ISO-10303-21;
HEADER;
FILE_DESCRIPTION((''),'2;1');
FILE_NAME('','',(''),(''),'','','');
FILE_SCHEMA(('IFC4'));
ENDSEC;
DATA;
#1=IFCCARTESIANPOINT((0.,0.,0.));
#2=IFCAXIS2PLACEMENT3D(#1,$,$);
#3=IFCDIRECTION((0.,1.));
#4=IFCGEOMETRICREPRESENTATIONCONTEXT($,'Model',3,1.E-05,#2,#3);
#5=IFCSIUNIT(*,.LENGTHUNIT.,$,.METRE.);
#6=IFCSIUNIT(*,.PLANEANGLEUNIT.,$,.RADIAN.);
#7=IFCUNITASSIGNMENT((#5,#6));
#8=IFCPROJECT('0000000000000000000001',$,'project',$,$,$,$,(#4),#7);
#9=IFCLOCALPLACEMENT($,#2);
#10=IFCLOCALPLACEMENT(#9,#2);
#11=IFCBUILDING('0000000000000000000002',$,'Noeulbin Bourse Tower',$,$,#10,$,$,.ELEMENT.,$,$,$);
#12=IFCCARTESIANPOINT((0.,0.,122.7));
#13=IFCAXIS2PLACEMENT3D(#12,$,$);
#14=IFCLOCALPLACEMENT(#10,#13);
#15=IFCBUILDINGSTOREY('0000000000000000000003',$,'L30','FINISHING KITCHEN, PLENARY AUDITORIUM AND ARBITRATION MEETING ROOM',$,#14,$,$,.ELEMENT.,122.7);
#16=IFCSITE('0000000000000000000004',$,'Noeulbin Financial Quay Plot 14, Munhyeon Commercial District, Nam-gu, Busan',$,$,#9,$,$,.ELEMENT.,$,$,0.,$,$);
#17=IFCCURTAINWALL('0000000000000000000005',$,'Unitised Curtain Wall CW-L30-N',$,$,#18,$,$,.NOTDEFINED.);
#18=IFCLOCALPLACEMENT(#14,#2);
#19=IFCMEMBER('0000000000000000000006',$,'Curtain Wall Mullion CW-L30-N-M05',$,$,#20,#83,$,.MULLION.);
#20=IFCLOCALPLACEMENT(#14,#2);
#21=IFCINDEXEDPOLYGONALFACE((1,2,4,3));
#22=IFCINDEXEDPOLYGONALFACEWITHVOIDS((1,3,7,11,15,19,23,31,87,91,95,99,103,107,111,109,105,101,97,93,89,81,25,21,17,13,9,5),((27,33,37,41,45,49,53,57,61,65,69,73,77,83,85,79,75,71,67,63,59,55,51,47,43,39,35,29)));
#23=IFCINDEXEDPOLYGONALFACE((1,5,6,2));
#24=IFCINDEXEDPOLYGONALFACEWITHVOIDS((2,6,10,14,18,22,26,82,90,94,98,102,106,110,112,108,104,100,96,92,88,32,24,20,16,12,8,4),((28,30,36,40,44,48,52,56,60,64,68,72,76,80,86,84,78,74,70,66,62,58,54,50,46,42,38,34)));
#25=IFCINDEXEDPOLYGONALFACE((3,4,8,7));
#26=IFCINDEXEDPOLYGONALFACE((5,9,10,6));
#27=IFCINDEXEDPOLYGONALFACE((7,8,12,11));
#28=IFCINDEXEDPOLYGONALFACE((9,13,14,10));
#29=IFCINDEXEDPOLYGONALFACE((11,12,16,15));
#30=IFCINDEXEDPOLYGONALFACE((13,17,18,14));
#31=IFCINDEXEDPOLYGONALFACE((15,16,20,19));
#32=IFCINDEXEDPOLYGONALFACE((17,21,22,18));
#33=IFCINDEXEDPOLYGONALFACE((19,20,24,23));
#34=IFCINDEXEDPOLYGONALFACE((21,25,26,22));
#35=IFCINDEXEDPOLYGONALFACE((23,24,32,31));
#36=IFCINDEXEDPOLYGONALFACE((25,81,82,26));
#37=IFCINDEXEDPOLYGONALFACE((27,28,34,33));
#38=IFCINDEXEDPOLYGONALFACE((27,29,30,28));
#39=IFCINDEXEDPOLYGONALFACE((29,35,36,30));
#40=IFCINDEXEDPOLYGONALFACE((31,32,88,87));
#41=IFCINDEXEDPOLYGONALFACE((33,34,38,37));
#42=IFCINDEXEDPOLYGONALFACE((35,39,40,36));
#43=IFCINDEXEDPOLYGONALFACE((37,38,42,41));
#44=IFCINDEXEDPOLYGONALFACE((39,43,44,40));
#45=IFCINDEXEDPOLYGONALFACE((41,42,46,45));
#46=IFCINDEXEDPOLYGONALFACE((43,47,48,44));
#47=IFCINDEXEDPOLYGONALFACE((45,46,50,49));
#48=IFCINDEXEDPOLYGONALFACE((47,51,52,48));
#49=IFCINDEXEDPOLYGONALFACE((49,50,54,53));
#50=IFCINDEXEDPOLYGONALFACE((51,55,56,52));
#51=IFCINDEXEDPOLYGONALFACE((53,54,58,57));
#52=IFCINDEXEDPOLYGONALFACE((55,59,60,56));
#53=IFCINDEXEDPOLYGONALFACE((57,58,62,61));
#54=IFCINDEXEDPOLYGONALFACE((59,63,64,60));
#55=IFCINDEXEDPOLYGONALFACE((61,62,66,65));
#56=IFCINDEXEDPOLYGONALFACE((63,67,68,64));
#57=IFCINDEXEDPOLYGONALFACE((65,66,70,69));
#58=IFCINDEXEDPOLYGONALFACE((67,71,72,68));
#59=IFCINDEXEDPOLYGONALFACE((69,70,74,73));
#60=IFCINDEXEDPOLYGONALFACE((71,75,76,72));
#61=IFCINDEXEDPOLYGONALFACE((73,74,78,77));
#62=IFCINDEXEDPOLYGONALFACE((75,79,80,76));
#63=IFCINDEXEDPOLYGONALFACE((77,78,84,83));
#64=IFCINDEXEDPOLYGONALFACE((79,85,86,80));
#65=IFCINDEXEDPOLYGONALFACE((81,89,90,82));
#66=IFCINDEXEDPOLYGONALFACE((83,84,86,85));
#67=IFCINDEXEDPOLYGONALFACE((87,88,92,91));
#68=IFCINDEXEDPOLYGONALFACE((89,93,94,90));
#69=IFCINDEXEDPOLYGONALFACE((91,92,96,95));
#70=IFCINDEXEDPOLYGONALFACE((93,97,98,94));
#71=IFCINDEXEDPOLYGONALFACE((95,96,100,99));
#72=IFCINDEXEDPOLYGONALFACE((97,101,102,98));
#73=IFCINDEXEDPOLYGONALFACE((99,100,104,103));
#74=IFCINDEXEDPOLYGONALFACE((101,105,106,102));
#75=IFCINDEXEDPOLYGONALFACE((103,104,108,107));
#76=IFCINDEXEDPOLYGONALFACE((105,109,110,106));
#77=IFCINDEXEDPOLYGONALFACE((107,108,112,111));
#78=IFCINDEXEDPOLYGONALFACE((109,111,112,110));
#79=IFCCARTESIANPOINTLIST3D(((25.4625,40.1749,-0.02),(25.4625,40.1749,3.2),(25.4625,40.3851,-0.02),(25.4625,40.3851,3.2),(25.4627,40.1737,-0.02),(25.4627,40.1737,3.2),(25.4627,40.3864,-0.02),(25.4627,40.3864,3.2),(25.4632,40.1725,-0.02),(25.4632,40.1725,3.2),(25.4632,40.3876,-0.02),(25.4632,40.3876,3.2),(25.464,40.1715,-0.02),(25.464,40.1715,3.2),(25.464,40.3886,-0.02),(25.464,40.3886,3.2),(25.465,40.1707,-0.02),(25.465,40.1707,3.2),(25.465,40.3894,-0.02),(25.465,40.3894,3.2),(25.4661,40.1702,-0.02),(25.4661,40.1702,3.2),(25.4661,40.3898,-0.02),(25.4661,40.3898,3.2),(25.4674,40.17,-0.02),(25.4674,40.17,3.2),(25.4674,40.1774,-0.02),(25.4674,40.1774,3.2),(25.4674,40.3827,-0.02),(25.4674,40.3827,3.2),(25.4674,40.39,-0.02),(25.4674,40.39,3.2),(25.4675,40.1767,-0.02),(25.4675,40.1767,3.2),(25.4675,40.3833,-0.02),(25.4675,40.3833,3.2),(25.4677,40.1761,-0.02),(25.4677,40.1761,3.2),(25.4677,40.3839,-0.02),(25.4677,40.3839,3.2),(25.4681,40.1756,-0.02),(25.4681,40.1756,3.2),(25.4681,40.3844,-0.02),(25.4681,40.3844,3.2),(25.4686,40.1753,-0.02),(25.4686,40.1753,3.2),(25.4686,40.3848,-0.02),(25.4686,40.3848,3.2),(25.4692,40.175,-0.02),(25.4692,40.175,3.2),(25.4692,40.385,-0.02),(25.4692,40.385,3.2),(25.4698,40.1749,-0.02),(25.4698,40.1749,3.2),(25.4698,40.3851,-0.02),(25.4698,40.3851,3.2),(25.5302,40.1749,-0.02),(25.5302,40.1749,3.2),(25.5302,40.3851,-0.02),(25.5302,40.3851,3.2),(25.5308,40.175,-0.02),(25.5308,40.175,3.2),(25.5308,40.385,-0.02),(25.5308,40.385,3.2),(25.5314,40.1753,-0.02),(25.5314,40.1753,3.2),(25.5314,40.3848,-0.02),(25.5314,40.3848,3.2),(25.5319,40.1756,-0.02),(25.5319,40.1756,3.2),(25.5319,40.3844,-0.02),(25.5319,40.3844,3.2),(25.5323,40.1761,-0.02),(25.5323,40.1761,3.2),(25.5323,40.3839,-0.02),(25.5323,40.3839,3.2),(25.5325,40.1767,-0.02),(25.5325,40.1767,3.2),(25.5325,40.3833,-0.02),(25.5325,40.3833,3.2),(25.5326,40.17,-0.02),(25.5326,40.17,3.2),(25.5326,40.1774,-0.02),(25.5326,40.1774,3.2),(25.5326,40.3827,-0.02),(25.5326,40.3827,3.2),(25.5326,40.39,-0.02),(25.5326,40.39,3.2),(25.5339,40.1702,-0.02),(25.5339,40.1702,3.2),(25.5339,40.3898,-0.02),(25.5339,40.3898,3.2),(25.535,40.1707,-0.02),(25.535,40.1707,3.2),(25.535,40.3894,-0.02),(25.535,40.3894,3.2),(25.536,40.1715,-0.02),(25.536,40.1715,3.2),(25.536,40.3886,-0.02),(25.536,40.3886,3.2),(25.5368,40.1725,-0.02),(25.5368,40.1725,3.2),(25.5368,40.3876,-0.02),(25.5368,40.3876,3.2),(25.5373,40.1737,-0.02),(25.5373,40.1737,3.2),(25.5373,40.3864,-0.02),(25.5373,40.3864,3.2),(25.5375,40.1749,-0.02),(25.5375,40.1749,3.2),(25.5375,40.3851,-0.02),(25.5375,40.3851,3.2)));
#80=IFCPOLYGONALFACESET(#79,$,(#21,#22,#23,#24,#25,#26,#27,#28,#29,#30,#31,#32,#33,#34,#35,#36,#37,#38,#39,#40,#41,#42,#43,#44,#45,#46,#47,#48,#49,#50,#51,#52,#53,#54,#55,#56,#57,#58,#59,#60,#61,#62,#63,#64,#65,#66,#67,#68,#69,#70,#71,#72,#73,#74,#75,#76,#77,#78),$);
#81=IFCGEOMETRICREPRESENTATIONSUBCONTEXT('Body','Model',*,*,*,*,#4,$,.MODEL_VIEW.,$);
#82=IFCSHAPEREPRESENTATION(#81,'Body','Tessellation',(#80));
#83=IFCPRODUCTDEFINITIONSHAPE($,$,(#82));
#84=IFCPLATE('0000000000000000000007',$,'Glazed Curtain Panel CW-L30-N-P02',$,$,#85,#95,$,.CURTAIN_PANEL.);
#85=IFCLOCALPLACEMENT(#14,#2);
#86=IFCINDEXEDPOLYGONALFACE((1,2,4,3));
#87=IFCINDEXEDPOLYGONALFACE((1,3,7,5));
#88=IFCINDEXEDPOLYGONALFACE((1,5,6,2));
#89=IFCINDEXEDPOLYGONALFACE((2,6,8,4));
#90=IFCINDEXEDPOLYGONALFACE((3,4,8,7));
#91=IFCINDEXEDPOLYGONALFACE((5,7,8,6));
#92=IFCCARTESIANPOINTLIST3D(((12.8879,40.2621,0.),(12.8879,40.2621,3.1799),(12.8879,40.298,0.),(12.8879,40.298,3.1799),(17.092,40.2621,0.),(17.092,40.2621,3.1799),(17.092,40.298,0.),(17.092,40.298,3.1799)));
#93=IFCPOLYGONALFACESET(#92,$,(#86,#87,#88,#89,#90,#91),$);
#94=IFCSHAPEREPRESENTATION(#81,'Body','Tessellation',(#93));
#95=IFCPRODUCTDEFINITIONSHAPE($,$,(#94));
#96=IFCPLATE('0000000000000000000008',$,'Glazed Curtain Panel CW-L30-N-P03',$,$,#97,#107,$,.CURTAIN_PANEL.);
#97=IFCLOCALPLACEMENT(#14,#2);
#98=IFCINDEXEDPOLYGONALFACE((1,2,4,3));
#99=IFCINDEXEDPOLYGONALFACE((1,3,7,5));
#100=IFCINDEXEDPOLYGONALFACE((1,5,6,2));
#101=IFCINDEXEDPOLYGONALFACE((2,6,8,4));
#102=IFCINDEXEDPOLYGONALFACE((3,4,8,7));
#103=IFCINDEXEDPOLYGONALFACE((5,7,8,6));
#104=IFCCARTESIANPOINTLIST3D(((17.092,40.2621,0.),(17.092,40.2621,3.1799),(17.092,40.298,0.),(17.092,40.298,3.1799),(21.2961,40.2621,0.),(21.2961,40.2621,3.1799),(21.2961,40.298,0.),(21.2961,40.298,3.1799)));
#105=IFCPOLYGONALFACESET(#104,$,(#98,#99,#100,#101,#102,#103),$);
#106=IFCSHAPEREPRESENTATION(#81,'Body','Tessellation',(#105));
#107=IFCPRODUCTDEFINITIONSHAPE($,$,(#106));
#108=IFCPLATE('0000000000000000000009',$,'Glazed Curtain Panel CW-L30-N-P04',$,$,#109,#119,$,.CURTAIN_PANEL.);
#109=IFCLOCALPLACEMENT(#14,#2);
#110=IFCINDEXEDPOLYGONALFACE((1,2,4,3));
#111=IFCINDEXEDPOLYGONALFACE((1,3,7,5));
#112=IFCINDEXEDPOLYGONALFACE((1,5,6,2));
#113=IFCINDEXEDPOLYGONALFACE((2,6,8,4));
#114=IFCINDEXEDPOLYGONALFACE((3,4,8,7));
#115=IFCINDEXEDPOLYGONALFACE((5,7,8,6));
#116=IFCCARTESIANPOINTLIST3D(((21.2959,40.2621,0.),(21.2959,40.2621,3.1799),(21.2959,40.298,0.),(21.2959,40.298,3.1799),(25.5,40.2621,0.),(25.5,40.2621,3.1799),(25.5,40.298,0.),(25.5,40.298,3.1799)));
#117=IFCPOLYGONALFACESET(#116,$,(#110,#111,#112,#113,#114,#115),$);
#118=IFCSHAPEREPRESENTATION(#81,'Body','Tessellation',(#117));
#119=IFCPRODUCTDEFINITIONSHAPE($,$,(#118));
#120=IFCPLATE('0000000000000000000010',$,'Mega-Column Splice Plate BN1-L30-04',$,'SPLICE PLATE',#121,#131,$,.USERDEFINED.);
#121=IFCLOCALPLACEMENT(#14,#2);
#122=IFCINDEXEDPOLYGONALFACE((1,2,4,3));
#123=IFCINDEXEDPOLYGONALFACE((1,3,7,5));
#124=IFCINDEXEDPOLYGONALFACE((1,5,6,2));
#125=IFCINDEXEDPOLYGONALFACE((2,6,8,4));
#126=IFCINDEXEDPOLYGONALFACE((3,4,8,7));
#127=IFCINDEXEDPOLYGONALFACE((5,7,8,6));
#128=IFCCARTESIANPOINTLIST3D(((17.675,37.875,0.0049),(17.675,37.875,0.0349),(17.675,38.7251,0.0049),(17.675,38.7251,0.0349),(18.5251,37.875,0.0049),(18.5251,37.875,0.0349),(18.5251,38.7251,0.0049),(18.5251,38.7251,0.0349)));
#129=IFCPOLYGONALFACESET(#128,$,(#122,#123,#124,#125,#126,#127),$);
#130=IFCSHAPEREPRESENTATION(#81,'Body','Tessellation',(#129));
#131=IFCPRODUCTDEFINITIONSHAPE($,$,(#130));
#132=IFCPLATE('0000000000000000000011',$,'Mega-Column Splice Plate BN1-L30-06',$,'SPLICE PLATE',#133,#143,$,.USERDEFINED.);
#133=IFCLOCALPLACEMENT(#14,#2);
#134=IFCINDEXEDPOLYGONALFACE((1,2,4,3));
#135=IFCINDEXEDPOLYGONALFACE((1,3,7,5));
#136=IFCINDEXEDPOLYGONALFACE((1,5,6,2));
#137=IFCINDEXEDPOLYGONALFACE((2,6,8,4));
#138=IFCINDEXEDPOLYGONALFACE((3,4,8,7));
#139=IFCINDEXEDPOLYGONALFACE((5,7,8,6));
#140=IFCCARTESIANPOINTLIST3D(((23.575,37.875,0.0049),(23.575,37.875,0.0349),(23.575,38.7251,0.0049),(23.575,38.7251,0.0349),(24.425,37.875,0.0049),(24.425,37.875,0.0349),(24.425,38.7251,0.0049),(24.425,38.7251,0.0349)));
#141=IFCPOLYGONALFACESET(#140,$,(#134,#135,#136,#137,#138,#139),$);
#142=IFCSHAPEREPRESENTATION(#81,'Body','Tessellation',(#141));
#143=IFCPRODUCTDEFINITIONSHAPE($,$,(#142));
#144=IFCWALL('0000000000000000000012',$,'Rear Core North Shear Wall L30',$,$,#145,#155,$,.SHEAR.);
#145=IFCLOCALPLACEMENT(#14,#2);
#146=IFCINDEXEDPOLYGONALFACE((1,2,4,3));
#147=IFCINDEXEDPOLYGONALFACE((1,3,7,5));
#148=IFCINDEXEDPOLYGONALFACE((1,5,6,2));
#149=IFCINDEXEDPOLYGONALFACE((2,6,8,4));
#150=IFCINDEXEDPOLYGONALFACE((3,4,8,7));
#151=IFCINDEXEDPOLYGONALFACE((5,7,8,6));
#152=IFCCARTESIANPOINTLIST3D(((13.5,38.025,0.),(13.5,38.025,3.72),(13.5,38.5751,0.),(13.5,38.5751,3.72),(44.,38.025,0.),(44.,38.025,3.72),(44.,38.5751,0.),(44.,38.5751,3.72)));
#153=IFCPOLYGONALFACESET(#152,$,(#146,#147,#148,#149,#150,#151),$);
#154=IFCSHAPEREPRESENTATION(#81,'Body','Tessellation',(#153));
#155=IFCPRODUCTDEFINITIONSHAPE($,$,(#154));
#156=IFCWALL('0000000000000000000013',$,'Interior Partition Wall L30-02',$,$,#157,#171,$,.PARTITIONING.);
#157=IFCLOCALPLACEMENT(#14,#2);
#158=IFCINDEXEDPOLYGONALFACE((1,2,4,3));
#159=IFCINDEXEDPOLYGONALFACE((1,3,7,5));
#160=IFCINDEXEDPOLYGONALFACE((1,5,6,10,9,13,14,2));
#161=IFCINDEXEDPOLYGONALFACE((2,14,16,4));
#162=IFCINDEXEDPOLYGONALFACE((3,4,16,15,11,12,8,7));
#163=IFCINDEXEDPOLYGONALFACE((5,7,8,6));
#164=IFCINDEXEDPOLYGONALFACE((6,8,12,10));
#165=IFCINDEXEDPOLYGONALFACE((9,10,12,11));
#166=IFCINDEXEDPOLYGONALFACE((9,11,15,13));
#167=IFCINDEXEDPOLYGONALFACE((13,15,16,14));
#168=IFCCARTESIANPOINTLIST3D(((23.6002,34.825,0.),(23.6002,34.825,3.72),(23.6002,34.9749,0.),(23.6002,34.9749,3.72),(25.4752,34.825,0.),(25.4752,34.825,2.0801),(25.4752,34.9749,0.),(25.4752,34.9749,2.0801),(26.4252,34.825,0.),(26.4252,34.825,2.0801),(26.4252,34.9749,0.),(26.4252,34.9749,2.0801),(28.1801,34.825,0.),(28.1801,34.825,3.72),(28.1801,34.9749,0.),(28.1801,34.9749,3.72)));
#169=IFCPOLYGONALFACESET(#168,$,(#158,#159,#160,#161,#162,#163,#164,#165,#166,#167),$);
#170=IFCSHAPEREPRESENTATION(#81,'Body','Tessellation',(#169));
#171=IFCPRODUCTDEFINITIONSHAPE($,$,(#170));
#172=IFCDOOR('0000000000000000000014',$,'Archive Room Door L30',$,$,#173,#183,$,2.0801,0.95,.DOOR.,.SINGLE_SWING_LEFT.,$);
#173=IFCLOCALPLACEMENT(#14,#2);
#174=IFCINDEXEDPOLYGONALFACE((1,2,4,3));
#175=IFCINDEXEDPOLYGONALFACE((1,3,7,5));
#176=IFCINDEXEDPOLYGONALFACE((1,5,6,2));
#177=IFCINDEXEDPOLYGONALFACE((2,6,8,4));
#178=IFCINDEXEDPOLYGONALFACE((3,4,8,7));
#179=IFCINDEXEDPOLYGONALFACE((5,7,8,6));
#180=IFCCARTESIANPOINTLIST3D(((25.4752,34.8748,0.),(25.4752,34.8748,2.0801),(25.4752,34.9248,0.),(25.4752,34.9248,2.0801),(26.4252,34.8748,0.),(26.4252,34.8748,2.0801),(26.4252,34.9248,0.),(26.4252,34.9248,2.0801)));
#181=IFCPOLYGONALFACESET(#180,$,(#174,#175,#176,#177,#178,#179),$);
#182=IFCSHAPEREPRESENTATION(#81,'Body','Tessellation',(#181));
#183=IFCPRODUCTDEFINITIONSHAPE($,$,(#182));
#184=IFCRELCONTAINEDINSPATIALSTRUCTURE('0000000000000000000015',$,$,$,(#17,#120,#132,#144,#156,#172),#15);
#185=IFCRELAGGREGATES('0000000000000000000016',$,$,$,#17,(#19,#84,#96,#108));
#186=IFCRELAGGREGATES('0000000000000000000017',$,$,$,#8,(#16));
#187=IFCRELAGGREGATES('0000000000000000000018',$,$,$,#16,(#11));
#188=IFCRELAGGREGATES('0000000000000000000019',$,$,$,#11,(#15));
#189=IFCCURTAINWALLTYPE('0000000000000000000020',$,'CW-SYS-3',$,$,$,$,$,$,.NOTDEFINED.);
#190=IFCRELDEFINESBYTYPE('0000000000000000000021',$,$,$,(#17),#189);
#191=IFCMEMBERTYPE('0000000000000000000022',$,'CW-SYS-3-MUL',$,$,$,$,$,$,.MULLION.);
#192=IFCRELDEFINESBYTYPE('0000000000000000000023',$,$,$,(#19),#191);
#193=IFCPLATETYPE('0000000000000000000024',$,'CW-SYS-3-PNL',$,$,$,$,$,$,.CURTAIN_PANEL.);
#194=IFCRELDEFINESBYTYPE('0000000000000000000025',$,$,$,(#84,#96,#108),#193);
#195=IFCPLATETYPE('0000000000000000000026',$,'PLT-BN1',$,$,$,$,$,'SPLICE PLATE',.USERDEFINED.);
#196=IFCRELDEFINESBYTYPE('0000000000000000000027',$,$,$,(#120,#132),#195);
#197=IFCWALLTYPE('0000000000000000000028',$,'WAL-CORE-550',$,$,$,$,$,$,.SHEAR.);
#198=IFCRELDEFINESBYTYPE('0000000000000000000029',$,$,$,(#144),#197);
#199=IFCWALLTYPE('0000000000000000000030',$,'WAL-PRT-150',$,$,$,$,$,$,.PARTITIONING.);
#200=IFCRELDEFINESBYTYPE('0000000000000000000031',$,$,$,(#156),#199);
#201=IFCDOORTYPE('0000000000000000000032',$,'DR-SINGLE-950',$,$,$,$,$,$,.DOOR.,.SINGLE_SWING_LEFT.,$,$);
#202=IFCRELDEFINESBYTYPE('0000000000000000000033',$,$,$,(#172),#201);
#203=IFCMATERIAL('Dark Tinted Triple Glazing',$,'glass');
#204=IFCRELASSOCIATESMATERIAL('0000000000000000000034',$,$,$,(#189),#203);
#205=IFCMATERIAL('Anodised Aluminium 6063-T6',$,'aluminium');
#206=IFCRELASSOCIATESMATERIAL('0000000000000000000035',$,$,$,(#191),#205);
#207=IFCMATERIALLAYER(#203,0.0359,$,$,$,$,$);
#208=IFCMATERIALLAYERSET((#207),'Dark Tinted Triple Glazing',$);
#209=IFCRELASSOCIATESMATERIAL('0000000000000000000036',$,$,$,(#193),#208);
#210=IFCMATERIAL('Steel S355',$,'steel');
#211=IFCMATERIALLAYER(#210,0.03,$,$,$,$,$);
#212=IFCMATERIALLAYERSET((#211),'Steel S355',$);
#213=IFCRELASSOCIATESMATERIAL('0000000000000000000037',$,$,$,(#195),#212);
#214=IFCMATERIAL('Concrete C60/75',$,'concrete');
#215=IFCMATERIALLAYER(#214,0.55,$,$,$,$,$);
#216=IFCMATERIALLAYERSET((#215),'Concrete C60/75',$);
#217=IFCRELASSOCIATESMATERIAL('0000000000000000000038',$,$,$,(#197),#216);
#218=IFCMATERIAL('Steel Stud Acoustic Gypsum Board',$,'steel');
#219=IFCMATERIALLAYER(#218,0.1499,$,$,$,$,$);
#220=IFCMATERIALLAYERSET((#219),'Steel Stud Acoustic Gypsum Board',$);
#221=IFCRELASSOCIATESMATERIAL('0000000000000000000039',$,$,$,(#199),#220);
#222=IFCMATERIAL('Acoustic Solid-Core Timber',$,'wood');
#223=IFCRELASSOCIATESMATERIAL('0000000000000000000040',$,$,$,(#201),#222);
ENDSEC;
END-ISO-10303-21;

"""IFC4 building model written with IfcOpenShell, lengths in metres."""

from ifc_helpers import new_model, si_unit, direction, frame, frame_2d, origin, origin_2d, place, context, subcontext, project, spatial, rectangle, hollow_rectangle, extrude, material, layer, layer_set, material_profile, profile_set, type_object, element, fill, aggregate, save


model = new_model("IFC4")

# Units and contexts
model_context = context("Model", 3, precision=1e-05, world=origin(), true_north=direction((0.0, 1.0)))
body_context = subcontext(model_context, "Body", "Model", "MODEL_VIEW")
ifc_project = project(units=[si_unit("LENGTHUNIT", "METRE"), si_unit("PLANEANGLEUNIT", "RADIAN")], contexts=[model_context])

# Site, building, storey
site_placement = place(None, origin())
site = spatial("IfcSite", under=ifc_project, at=site_placement, Name="Noeulbin Financial Quay Plot 14, Munhyeon Commercial District, Nam-gu, Busan", CompositionType="ELEMENT", RefElevation=0.0)
building_placement = place(site_placement, origin())
building = spatial("IfcBuilding", under=site, at=building_placement, Name="Noeulbin Bourse Tower", CompositionType="ELEMENT")
storey_placement = place(building_placement, frame((0.0, 0.0, 122.7)))
storey = spatial("IfcBuildingStorey", under=building, at=storey_placement, Name="L30", Description="FINISHING KITCHEN, PLENARY AUDITORIUM AND ARBITRATION MEETING ROOM", CompositionType="ELEMENT", Elevation=122.7)

# Shared definitions
ifc_material_1 = material(Name="Steel S355", Category="steel")

# Curtain wall, member, plates
ifc_material_2 = material(Name="Dark Tinted Triple Glazing", Category="glass")
curtain_wall_type = type_object("IfcCurtainWallType", Name="CW-SYS-3", PredefinedType="NOTDEFINED", material=ifc_material_2)
curtain_wall_placement = place(storey_placement, origin())
curtain_wall = element("IfcCurtainWall", 1, at=curtain_wall_placement, inside=storey, type_object=curtain_wall_type, Name="Unitised Curtain Wall CW-L30-N", PredefinedType="NOTDEFINED")
ifc_material_3 = material(Name="Anodised Aluminium 6063-T6", Category="aluminium")
ifc_material_profile_1 = material_profile(ifc_material_3, hollow_rectangle(XDim=0.075, YDim=0.22, WallThickness=0.0049, InnerFilletRadius=0.0024, OuterFilletRadius=0.0049, at=origin_2d()), Name="ALU-MULL-75x220x5", Category="LoadBearing")
ifc_profile_set_1 = profile_set([ifc_material_profile_1], Name="Anodised Aluminium 6063-T6")
member_type = type_object("IfcMemberType", Name="CW-SYS-3-MUL", PredefinedType="MULLION", material=ifc_profile_set_1)
member_1_placement = place(storey_placement, frame((25.5, 40.28, -0.02), z_axis=(0.0, 0.0, 1.0), x_axis=(1.0, 0.0, 0.0)))
member_1 = element("IfcMember", 2, at=member_1_placement, type_object=member_type, Name="Curtain Wall Mullion CW-L30-N-M05", PredefinedType="MULLION", context=body_context, shape_type="SweptSolid", body=[
    extrude(hollow_rectangle(XDim=0.075, YDim=0.22, WallThickness=0.0049, InnerFilletRadius=0.0024, OuterFilletRadius=0.0049, at=origin_2d()), origin(), (0.0, 0.0, 1.0), 3.22),
])
ifc_layer_1 = layer(ifc_material_2, 0.0359)
ifc_layer_set_1 = layer_set([ifc_layer_1], Name="Dark Tinted Triple Glazing")
plate_type_1 = type_object("IfcPlateType", Name="CW-SYS-3-PNL", PredefinedType="CURTAIN_PANEL", material=ifc_layer_set_1)
plate_1_placement = place(storey_placement, frame((14.99, 40.28, 0.0), z_axis=(0.0, 0.0, 1.0), x_axis=(1.0, 0.0, 0.0)))
plate_1 = element("IfcPlate", 3, at=plate_1_placement, type_object=plate_type_1, Name="Glazed Curtain Panel CW-L30-N-P02", PredefinedType="CURTAIN_PANEL", context=body_context, shape_type="SweptSolid", body=[
    extrude(rectangle(XDim=4.2041, YDim=0.0359, at=origin_2d()), origin(), (0.0, 0.0, 1.0), 3.1799),
])
plate_2_placement = place(storey_placement, frame((19.1941, 40.28, 0.0), z_axis=(0.0, 0.0, 1.0), x_axis=(1.0, 0.0, 0.0)))
plate_2 = element("IfcPlate", 4, at=plate_2_placement, type_object=plate_type_1, Name="Glazed Curtain Panel CW-L30-N-P03", PredefinedType="CURTAIN_PANEL", context=body_context, shape_type="SweptSolid", body=[
    extrude(rectangle(XDim=4.2041, YDim=0.0359, at=origin_2d()), origin(), (0.0, 0.0, 1.0), 3.1799),
])
plate_3_placement = place(storey_placement, frame((23.3979, 40.28, 0.0), z_axis=(0.0, 0.0, 1.0), x_axis=(1.0, 0.0, 0.0)))
plate_3 = element("IfcPlate", 5, at=plate_3_placement, type_object=plate_type_1, Name="Glazed Curtain Panel CW-L30-N-P04", PredefinedType="CURTAIN_PANEL", context=body_context, shape_type="SweptSolid", body=[
    extrude(rectangle(XDim=4.2041, YDim=0.0359, at=origin_2d()), origin(), (0.0, 0.0, 1.0), 3.1799),
])
aggregate(curtain_wall, [member_1, plate_1, plate_2, plate_3])

# Plates
ifc_layer_2 = layer(ifc_material_1, 0.03)
ifc_layer_set_2 = layer_set([ifc_layer_2], Name="Steel S355")
plate_type_2 = type_object("IfcPlateType", Name="PLT-BN1", ElementType="SPLICE PLATE", PredefinedType="USERDEFINED", material=ifc_layer_set_2)
for number, where, z_axis, x_axis, name in (
    (6, (18.1001, 38.3, 0.0049), (0.0, 0.0, 1.0), (1.0, 0.0, 0.0), "Mega-Column Splice Plate BN1-L30-04"),
    (7, (24.0, 38.3, 0.0049), (0.0, 0.0, 1.0), (1.0, 0.0, 0.0), "Mega-Column Splice Plate BN1-L30-06"),
):
    element("IfcPlate", number, at=place(storey_placement, frame(where, z_axis=z_axis, x_axis=x_axis)), inside=storey, type_object=plate_type_2, Name=name, ObjectType="SPLICE PLATE", PredefinedType="USERDEFINED", context=body_context, shape_type="SweptSolid", body=[
        extrude(rectangle(XDim=0.8501, YDim=0.8501, at=origin_2d()), origin(), (0.0, 0.0, 1.0), 0.03),
    ])

# Wall
ifc_material_4 = material(Name="Concrete C60/75", Category="concrete")
ifc_layer_3 = layer(ifc_material_4, 0.55)
ifc_layer_set_3 = layer_set([ifc_layer_3], Name="Concrete C60/75")
wall_type_1 = type_object("IfcWallType", Name="WAL-CORE-550", PredefinedType="SHEAR", material=ifc_layer_set_3)
wall_1_placement = place(storey_placement, frame((13.5, 38.3, 0.0), z_axis=(0.0, 0.0, 1.0), x_axis=(1.0, 0.0, 0.0)))
element("IfcWall", 8, at=wall_1_placement, inside=storey, type_object=wall_type_1, Name="Rear Core North Shear Wall L30", PredefinedType="SHEAR", context=body_context, shape_type="SweptSolid", body=[
    extrude(rectangle(XDim=30.5, YDim=0.55, at=frame_2d((15.25, 0.0))), origin(), (0.0, 0.0, 1.0), 3.72),
])

# Wall, opening, door
ifc_material_5 = material(Name="Steel Stud Acoustic Gypsum Board", Category="steel")
ifc_layer_4 = layer(ifc_material_5, 0.1499)
ifc_layer_set_4 = layer_set([ifc_layer_4], Name="Steel Stud Acoustic Gypsum Board")
wall_type_2 = type_object("IfcWallType", Name="WAL-PRT-150", PredefinedType="PARTITIONING", material=ifc_layer_set_4)
wall_2_placement = place(storey_placement, frame((23.6001, 34.8999, 0.0), z_axis=(0.0, 0.0, 1.0), x_axis=(1.0, 0.0, 0.0)))
wall_2 = element("IfcWall", 9, at=wall_2_placement, inside=storey, type_object=wall_type_2, Name="Interior Partition Wall L30-02", PredefinedType="PARTITIONING", context=body_context, shape_type="SweptSolid", body=[
    extrude(rectangle(XDim=4.5798, YDim=0.1499, at=frame_2d((2.29, 0.0))), origin(), (0.0, 0.0, 1.0), 3.72),
])
opening_1_placement = place(wall_2_placement, frame((1.875, 0.0, 0.0)))
opening_1 = element("IfcOpeningElement", 10, at=opening_1_placement, cuts=wall_2, PredefinedType="OPENING", context=body_context, shape_type="SweptSolid", body=[
    extrude(rectangle(XDim=0.95, YDim=2.0801, at=frame_2d((0.4751, 1.04))), frame((0.0, 0.085, 0.0), z_axis=(0.0, -1.0, 0.0), x_axis=(1.0, 0.0, 0.0)), (0.0, 0.0, 1.0), 0.1699),
])
ifc_material_6 = material(Name="Acoustic Solid-Core Timber", Category="wood")
door_type_1 = type_object("IfcDoorType", Name="DR-SINGLE-950", OperationType="SINGLE_SWING_LEFT", PredefinedType="DOOR", material=ifc_material_6)
door_1_placement = place(opening_1_placement, origin())
door_1 = element("IfcDoor", 11, at=door_1_placement, inside=storey, type_object=door_type_1, Name="Archive Room Door L30", OperationType="SINGLE_SWING_LEFT", OverallHeight=2.0801, OverallWidth=0.95, PredefinedType="DOOR", context=body_context, shape_type="SweptSolid", body=[
    extrude(rectangle(XDim=0.95, YDim=2.0801, at=frame_2d((0.4751, 1.04))), frame((0.0, 0.0249, 0.0), z_axis=(0.0, -1.0, 0.0), x_axis=(1.0, 0.0, 0.0)), (0.0, 0.0, 1.0), 0.05),
])
fill(opening_1, door_1)

save(model, "model.ifc")
